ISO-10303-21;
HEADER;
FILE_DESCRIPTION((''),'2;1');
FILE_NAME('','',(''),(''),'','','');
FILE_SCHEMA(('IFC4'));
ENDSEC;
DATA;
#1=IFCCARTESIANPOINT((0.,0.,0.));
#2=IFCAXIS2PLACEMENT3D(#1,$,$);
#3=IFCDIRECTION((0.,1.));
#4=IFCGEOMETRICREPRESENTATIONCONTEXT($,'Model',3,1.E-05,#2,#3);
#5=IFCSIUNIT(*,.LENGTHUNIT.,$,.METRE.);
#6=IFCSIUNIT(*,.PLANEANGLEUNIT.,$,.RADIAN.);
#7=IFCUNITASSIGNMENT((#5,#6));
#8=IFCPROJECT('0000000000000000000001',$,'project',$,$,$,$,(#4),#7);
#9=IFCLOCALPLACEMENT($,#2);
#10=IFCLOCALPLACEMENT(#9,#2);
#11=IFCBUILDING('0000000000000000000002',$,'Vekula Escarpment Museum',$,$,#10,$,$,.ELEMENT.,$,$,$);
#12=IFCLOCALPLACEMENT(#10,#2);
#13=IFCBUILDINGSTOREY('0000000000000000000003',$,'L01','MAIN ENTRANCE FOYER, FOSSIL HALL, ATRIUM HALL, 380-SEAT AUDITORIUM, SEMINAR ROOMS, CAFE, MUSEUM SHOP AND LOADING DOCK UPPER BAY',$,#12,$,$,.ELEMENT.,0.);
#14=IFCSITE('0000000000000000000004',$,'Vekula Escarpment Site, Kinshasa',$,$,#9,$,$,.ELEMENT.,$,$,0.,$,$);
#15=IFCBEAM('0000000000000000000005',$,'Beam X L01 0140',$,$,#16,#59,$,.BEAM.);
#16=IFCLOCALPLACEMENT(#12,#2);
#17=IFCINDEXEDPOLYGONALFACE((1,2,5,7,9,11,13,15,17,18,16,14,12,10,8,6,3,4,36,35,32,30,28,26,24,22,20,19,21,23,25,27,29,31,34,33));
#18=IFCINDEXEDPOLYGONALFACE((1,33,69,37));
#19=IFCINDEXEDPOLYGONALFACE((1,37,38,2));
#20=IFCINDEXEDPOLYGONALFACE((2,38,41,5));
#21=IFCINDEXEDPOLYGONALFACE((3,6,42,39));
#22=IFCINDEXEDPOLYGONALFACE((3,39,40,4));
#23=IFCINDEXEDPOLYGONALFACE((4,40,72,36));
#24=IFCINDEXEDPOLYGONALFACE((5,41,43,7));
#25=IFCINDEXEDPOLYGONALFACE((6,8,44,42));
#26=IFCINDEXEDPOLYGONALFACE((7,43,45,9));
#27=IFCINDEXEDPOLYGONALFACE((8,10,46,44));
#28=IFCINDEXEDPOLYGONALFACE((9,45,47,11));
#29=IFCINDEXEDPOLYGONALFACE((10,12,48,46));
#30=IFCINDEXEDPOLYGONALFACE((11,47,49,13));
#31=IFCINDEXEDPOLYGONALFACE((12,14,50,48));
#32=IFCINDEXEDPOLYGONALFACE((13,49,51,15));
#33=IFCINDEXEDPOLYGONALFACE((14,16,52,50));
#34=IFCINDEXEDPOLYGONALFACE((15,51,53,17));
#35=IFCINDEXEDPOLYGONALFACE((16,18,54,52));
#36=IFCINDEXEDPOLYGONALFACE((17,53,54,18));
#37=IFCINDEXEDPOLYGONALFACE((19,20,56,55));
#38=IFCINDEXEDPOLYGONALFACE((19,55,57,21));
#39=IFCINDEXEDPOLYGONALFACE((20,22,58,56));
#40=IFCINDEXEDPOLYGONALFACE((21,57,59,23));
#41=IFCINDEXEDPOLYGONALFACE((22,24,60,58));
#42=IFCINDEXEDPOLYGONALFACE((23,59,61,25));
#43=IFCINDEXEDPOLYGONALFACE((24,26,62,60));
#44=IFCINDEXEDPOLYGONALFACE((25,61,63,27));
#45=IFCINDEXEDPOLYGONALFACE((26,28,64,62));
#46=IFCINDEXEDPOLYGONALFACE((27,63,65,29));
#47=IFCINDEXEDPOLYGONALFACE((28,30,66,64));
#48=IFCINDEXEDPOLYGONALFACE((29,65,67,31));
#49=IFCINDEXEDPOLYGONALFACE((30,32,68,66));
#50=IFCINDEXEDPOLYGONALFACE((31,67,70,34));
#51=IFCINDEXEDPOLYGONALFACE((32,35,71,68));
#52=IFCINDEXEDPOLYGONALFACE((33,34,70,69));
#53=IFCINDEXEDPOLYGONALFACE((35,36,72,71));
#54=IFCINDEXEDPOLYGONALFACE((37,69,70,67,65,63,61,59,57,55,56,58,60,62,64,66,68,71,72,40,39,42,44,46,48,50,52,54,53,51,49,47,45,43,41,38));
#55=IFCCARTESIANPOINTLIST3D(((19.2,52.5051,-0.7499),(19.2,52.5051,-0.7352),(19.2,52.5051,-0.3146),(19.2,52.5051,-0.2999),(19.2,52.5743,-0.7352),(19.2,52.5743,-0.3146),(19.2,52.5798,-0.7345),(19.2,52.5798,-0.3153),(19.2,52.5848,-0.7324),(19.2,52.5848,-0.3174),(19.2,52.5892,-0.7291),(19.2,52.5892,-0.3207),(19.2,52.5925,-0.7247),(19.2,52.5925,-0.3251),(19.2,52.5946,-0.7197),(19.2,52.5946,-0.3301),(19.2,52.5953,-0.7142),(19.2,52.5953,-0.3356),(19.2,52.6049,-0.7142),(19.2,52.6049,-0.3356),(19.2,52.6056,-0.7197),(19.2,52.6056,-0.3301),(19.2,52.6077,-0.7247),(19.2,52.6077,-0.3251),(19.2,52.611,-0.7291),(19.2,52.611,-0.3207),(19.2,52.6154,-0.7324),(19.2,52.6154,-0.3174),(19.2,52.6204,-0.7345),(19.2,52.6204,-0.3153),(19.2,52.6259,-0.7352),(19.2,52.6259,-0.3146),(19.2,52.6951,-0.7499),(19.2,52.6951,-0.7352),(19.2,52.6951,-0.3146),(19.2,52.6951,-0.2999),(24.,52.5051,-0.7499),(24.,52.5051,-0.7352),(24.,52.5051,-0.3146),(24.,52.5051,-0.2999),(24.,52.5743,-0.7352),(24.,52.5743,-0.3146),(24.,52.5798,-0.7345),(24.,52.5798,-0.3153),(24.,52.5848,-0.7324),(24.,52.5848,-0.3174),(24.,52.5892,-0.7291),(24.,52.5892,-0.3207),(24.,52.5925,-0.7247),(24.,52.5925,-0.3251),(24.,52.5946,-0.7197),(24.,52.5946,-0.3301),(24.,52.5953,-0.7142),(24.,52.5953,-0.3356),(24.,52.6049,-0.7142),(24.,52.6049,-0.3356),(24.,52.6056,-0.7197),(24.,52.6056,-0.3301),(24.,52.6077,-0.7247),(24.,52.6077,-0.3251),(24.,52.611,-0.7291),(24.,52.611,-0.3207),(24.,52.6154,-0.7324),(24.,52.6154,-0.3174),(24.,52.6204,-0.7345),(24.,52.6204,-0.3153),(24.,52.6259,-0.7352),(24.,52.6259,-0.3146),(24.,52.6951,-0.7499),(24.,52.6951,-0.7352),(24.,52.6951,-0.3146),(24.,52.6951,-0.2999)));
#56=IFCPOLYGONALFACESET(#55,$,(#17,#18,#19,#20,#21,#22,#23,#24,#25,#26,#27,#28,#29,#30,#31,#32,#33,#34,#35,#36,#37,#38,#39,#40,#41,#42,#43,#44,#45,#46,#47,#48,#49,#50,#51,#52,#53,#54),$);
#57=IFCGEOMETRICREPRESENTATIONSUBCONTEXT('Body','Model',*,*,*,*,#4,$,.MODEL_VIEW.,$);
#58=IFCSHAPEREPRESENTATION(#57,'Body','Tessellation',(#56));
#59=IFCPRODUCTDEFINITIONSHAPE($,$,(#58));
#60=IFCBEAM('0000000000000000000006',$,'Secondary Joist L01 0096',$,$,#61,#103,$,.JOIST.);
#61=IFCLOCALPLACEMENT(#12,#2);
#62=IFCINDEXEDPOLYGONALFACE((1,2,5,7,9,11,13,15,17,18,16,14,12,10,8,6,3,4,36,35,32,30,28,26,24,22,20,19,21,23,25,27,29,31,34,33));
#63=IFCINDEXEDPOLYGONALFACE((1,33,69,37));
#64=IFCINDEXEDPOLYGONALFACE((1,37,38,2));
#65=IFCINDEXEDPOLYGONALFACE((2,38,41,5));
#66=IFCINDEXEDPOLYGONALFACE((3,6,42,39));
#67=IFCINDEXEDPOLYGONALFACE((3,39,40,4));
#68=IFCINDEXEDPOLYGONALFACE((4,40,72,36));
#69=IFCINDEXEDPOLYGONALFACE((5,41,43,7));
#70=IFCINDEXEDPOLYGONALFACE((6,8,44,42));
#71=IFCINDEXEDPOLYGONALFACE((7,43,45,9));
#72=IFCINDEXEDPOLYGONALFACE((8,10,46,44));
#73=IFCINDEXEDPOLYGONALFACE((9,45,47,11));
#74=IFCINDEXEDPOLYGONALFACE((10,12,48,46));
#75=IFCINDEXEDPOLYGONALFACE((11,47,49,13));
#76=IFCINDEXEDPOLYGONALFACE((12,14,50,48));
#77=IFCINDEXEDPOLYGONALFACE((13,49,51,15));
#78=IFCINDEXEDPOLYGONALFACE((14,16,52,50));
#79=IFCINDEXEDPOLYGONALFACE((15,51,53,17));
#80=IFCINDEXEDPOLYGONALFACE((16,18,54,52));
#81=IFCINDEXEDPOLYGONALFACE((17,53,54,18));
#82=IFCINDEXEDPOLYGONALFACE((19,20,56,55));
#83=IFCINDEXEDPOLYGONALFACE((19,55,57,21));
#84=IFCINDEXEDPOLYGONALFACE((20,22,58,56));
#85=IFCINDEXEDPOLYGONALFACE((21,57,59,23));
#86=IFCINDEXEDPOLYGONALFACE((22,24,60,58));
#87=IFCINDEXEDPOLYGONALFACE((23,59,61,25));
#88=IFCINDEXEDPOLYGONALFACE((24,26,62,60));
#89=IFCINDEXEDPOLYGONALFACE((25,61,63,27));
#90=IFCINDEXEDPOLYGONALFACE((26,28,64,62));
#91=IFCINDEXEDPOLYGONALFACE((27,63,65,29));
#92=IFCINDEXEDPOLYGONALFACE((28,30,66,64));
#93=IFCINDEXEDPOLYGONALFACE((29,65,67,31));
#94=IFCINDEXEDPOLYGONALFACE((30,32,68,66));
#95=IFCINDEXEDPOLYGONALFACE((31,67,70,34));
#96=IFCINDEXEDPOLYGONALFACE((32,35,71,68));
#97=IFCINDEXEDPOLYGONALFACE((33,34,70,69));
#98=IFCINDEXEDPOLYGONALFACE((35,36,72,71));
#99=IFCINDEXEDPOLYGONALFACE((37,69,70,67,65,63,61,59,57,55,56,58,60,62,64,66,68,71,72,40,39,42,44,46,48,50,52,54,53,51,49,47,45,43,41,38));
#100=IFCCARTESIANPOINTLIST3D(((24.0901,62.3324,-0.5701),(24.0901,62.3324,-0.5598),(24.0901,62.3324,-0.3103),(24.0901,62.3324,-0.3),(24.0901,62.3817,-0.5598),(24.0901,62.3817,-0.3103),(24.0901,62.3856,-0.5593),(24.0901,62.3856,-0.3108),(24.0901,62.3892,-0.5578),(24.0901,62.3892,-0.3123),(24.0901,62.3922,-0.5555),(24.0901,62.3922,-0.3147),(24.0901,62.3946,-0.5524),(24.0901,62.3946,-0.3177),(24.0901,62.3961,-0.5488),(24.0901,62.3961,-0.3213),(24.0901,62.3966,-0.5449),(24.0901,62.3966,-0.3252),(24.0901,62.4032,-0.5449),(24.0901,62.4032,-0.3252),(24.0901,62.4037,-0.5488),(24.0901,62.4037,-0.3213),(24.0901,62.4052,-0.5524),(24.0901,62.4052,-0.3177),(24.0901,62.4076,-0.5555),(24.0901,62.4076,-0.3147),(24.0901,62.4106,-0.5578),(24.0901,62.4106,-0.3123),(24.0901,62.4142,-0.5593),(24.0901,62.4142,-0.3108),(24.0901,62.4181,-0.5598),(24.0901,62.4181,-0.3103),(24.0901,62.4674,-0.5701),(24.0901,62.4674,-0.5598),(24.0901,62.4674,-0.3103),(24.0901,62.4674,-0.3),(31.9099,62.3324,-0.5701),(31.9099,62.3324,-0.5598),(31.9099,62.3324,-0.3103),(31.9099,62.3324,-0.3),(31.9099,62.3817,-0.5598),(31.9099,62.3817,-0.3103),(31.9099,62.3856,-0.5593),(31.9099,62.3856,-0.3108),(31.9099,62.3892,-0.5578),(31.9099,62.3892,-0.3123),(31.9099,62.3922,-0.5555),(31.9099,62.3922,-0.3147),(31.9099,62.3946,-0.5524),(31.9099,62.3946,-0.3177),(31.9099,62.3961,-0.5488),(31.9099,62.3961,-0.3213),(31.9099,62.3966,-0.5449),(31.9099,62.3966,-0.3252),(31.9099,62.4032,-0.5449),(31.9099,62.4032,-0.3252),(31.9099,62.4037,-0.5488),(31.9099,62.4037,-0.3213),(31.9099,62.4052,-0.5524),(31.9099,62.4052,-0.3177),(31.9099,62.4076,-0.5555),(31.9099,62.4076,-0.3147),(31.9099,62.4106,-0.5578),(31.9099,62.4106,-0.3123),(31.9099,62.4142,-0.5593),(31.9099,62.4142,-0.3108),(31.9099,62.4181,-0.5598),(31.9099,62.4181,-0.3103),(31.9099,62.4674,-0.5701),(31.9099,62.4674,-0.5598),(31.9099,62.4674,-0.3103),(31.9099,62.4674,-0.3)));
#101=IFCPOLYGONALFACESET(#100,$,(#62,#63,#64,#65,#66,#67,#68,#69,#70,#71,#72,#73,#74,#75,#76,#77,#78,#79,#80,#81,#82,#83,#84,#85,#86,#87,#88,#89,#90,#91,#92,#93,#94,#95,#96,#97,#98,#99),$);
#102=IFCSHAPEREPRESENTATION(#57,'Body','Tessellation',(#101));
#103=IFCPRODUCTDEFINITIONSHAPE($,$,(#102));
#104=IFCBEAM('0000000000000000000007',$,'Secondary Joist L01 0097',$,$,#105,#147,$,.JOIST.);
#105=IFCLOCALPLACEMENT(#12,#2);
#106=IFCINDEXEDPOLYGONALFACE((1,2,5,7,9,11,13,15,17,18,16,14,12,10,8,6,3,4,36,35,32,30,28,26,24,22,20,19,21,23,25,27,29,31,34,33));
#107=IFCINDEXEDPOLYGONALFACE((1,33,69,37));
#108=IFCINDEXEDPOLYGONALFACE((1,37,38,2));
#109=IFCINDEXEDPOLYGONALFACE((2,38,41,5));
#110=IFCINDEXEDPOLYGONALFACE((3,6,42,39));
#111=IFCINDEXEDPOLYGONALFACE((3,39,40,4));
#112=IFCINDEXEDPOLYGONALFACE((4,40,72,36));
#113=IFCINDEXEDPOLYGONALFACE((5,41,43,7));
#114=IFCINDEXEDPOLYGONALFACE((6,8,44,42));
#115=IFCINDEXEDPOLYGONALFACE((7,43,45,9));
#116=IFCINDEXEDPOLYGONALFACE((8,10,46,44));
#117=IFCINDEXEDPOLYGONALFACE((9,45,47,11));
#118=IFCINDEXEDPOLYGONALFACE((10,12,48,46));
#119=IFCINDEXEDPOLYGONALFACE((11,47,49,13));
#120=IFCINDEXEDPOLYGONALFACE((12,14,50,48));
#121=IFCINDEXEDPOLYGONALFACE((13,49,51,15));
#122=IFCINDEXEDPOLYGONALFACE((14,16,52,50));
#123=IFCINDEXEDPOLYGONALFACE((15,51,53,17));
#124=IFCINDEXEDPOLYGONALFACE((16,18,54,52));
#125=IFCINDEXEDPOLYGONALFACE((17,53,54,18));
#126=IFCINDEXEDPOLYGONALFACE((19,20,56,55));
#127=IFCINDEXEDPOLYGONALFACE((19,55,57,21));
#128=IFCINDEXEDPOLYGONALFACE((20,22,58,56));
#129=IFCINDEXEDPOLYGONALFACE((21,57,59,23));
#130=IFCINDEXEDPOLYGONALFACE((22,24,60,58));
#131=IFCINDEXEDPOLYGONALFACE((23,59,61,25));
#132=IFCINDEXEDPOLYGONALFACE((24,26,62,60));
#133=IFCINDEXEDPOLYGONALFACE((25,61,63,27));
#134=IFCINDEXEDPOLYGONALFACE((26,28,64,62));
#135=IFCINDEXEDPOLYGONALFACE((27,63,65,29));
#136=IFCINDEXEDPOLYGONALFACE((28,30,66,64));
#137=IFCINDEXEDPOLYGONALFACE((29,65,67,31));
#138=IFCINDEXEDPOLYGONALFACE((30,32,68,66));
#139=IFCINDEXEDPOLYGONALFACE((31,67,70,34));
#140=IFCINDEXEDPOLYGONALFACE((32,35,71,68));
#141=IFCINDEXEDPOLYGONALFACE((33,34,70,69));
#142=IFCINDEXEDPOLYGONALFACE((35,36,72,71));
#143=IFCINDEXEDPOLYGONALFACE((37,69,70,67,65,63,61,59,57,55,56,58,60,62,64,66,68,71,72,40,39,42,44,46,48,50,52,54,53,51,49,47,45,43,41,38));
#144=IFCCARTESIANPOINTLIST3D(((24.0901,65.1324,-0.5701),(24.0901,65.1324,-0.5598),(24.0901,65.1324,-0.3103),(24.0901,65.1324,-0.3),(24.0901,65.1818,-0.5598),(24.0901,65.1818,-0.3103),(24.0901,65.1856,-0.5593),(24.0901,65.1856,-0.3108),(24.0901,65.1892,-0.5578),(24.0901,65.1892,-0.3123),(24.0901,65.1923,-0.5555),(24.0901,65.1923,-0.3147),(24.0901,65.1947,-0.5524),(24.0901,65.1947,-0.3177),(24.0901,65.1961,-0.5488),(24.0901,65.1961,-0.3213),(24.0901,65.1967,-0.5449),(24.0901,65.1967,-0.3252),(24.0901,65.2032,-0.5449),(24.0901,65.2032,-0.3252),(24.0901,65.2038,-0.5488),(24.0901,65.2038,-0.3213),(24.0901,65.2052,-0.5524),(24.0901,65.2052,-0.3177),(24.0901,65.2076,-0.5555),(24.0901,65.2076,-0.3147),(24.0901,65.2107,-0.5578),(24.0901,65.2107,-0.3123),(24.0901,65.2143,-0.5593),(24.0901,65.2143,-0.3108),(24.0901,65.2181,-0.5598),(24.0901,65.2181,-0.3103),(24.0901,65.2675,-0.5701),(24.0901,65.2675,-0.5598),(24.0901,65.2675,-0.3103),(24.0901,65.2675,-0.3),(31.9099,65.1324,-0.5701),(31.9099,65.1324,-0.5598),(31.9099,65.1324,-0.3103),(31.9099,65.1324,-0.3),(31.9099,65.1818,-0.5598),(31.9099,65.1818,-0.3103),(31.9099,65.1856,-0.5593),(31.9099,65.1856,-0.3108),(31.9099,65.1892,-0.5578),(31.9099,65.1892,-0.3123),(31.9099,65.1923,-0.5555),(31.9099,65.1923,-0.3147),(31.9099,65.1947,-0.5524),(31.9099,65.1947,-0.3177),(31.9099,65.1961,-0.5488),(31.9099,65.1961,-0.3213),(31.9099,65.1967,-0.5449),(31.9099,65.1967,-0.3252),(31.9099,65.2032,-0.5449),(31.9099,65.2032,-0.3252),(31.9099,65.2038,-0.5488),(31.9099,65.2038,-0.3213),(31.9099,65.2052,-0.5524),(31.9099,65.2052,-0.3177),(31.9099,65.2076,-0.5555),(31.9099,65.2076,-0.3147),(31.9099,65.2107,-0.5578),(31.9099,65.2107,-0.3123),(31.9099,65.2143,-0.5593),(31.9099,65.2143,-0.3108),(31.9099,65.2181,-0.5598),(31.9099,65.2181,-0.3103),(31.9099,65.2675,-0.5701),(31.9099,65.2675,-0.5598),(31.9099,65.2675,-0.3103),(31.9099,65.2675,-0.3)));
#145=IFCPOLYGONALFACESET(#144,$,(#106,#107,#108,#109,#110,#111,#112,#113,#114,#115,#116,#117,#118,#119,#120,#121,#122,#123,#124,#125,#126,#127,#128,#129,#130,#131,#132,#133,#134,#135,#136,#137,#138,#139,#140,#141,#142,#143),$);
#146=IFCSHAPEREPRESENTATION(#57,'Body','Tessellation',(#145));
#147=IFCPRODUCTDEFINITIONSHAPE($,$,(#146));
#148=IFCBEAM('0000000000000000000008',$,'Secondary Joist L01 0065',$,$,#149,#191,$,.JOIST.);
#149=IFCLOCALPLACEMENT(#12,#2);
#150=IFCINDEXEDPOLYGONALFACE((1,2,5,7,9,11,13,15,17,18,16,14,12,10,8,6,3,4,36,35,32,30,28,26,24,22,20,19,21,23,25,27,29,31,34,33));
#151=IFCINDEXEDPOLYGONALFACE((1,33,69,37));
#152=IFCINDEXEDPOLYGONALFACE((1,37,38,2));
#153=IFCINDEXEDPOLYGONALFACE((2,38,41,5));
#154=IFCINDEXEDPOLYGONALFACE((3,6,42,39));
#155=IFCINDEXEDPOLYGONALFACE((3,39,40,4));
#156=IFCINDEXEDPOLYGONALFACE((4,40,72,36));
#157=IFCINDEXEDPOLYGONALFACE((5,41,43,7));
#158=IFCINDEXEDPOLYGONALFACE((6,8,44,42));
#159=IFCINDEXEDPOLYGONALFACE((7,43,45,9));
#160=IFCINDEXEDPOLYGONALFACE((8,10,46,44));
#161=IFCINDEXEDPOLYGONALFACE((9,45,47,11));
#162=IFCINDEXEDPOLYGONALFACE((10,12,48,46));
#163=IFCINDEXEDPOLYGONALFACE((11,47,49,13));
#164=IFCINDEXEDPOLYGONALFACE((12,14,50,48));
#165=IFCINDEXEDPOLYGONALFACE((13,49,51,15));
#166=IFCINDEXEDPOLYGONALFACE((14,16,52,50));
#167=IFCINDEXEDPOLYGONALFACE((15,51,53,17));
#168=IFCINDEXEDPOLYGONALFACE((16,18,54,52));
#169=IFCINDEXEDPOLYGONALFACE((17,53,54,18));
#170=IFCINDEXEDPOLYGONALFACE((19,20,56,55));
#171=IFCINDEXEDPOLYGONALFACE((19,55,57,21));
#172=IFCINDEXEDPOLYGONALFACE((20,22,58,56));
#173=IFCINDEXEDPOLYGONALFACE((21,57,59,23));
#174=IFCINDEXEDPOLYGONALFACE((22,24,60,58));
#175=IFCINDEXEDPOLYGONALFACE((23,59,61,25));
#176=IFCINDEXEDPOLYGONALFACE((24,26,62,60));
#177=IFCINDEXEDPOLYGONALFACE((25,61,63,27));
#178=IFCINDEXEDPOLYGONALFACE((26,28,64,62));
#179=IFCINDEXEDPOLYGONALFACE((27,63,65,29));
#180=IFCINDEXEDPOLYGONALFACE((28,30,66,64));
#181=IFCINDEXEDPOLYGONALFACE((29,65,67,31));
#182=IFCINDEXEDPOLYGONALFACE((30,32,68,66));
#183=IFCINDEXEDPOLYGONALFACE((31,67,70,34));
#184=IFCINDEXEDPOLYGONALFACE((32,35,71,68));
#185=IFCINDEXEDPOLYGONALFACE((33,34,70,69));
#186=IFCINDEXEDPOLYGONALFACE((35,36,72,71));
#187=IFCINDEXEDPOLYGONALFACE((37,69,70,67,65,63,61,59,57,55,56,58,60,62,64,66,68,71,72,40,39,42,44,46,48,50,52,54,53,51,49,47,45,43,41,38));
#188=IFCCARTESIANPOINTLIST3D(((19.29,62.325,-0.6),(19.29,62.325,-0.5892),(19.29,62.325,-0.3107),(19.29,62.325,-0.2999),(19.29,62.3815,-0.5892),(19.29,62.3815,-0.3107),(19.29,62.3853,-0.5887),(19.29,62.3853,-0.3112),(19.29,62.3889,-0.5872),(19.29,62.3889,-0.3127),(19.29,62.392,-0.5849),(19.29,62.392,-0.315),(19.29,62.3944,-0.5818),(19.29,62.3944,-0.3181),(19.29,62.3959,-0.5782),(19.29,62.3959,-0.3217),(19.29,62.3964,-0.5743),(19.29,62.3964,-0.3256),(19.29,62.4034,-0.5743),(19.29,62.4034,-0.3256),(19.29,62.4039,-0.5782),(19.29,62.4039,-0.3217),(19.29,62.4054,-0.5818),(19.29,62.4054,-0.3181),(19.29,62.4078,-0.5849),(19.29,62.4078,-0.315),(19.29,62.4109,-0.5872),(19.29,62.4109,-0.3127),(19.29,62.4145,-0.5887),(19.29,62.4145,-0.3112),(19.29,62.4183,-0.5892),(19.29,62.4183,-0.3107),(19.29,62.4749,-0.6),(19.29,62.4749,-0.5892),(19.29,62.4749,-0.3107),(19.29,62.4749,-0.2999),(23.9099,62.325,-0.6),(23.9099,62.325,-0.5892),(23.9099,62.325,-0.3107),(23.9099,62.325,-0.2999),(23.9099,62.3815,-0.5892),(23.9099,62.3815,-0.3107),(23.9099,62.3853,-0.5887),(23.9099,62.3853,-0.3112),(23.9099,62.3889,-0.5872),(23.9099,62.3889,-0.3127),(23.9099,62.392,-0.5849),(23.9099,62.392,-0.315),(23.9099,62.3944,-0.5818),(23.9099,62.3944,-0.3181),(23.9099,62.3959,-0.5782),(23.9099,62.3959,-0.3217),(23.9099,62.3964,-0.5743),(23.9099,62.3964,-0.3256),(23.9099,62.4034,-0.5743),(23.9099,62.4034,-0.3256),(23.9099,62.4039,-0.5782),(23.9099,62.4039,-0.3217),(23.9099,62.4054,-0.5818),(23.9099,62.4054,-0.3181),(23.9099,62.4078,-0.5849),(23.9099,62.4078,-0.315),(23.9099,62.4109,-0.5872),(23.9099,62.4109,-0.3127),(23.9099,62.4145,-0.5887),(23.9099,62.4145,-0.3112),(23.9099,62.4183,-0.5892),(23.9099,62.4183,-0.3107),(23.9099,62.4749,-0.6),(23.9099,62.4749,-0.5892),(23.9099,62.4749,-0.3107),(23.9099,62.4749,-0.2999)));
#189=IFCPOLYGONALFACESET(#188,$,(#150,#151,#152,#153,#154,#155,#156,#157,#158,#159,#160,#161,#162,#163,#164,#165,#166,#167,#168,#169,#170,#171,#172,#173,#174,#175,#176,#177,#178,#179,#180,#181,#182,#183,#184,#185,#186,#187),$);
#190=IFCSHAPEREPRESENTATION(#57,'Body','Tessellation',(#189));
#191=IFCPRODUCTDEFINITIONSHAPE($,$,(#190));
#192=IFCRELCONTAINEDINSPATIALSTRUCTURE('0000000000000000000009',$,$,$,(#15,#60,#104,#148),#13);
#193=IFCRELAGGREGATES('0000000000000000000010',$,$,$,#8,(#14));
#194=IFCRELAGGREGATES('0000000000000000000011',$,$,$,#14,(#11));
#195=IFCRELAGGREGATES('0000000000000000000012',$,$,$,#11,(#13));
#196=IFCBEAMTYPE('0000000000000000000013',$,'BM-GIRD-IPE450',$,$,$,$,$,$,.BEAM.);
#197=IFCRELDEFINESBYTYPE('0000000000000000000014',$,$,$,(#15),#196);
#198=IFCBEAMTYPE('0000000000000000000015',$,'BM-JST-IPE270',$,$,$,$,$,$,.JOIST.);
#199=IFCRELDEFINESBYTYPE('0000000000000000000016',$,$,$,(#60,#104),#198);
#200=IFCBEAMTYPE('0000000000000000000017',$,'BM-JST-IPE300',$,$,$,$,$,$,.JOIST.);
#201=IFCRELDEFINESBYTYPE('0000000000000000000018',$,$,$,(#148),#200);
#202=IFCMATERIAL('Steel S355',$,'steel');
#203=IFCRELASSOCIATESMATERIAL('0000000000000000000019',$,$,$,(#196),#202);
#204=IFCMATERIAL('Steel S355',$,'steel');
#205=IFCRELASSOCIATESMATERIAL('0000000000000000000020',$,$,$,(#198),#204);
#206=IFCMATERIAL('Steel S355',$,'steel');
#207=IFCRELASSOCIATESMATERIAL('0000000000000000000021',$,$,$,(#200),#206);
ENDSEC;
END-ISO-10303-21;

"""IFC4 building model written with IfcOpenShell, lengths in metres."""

from ifc_helpers import new_model, si_unit, direction, frame, origin, origin_2d, place, context, subcontext, project, spatial, i_section, extrude, material, material_profile, profile_set, type_object, element, save


model = new_model("IFC4")

# Units and contexts
model_context = context("Model", 3, precision=1e-05, world=origin(), true_north=direction((0.0, 1.0)))
body_context = subcontext(model_context, "Body", "Model", "MODEL_VIEW")
ifc_project = project(units=[si_unit("LENGTHUNIT", "METRE"), si_unit("PLANEANGLEUNIT", "RADIAN")], contexts=[model_context])

# Site, building, storey
site_placement = place(None, origin())
site = spatial("IfcSite", under=ifc_project, at=site_placement, Name="Vekula Escarpment Site, Kinshasa", CompositionType="ELEMENT", RefElevation=0.0)
building_placement = place(site_placement, origin())
building = spatial("IfcBuilding", under=site, at=building_placement, Name="Vekula Escarpment Museum", CompositionType="ELEMENT")
storey_placement = place(building_placement, origin())
storey = spatial("IfcBuildingStorey", under=building, at=storey_placement, Name="L01", Description="MAIN ENTRANCE FOYER, FOSSIL HALL, ATRIUM HALL, 380-SEAT AUDITORIUM, SEMINAR ROOMS, CAFE, MUSEUM SHOP AND LOADING DOCK UPPER BAY", CompositionType="ELEMENT", Elevation=0.0)

# Beams
ifc_material_1 = material(Name="Steel S355", Category="steel")
ifc_material_profile_1 = material_profile(ifc_material_1, i_section(OverallWidth=0.1899, OverallDepth=0.45, WebThickness=0.0095, FlangeThickness=0.0146, FilletRadius=0.021, at=origin_2d()), Name="IPE 450")
ifc_profile_set_1 = profile_set([ifc_material_profile_1], Name="Steel S355")
beam_type_1 = type_object("IfcBeamType", Name="BM-GIRD-IPE450", PredefinedType="BEAM", material=ifc_profile_set_1)
beam_1_placement = place(storey_placement, frame((19.2, 52.6001, -0.5249), z_axis=(1.0, 0.0, 0.0), x_axis=(0.0, 1.0, 0.0)))
element("IfcBeam", 1, at=beam_1_placement, inside=storey, type_object=beam_type_1, Name="Beam X L01 0140", PredefinedType="BEAM", context=body_context, shape_type="SweptSolid", body=[
    extrude(i_section(OverallWidth=0.1899, OverallDepth=0.45, WebThickness=0.0095, FlangeThickness=0.0146, FilletRadius=0.021, at=origin_2d()), origin(), (0.0, 0.0, 1.0), 4.8),
])
ifc_material_2 = material(Name="Steel S355", Category="steel")
ifc_material_profile_2 = material_profile(ifc_material_2, i_section(OverallWidth=0.135, OverallDepth=0.27, WebThickness=0.0066, FlangeThickness=0.0103, FilletRadius=0.0149, at=origin_2d()), Name="IPE 270")
ifc_profile_set_2 = profile_set([ifc_material_profile_2], Name="Steel S355")
beam_type_2 = type_object("IfcBeamType", Name="BM-JST-IPE270", PredefinedType="JOIST", material=ifc_profile_set_2)
for number, where, z_axis, x_axis, name in (
    (2, (24.0901, 62.3999, -0.4351), (1.0, 0.0, 0.0), (0.0, 1.0, 0.0), "Secondary Joist L01 0096"),
    (3, (24.0901, 65.2, -0.4351), (1.0, 0.0, 0.0), (0.0, 1.0, 0.0), "Secondary Joist L01 0097"),
):
    element("IfcBeam", number, at=place(storey_placement, frame(where, z_axis=z_axis, x_axis=x_axis)), inside=storey, type_object=beam_type_2, Name=name, PredefinedType="JOIST", context=body_context, shape_type="SweptSolid", body=[
        extrude(i_section(OverallWidth=0.135, OverallDepth=0.27, WebThickness=0.0066, FlangeThickness=0.0103, FilletRadius=0.0149, at=origin_2d()), origin(), (0.0, 0.0, 1.0), 7.8198),
    ])
ifc_material_3 = material(Name="Steel S355", Category="steel")
ifc_material_profile_3 = material_profile(ifc_material_3, i_section(OverallWidth=0.1499, OverallDepth=0.3, WebThickness=0.0071, FlangeThickness=0.0107, FilletRadius=0.0149, at=origin_2d()), Name="IPE 300")
ifc_profile_set_3 = profile_set([ifc_material_profile_3], Name="Steel S355")
beam_type_3 = type_object("IfcBeamType", Name="BM-JST-IPE300", PredefinedType="JOIST", material=ifc_profile_set_3)
for number, where, z_axis, x_axis, name in (
    (4, (19.29, 62.3999, -0.45), (1.0, 0.0, 0.0), (0.0, 1.0, 0.0), "Secondary Joist L01 0065"),
):
    element("IfcBeam", number, at=place(storey_placement, frame(where, z_axis=z_axis, x_axis=x_axis)), inside=storey, type_object=beam_type_3, Name=name, PredefinedType="JOIST", context=body_context, shape_type="SweptSolid", body=[
        extrude(i_section(OverallWidth=0.1499, OverallDepth=0.3, WebThickness=0.0071, FlangeThickness=0.0107, FilletRadius=0.0149, at=origin_2d()), origin(), (0.0, 0.0, 1.0), 4.6199),
    ])

save(model, "model.ifc")
